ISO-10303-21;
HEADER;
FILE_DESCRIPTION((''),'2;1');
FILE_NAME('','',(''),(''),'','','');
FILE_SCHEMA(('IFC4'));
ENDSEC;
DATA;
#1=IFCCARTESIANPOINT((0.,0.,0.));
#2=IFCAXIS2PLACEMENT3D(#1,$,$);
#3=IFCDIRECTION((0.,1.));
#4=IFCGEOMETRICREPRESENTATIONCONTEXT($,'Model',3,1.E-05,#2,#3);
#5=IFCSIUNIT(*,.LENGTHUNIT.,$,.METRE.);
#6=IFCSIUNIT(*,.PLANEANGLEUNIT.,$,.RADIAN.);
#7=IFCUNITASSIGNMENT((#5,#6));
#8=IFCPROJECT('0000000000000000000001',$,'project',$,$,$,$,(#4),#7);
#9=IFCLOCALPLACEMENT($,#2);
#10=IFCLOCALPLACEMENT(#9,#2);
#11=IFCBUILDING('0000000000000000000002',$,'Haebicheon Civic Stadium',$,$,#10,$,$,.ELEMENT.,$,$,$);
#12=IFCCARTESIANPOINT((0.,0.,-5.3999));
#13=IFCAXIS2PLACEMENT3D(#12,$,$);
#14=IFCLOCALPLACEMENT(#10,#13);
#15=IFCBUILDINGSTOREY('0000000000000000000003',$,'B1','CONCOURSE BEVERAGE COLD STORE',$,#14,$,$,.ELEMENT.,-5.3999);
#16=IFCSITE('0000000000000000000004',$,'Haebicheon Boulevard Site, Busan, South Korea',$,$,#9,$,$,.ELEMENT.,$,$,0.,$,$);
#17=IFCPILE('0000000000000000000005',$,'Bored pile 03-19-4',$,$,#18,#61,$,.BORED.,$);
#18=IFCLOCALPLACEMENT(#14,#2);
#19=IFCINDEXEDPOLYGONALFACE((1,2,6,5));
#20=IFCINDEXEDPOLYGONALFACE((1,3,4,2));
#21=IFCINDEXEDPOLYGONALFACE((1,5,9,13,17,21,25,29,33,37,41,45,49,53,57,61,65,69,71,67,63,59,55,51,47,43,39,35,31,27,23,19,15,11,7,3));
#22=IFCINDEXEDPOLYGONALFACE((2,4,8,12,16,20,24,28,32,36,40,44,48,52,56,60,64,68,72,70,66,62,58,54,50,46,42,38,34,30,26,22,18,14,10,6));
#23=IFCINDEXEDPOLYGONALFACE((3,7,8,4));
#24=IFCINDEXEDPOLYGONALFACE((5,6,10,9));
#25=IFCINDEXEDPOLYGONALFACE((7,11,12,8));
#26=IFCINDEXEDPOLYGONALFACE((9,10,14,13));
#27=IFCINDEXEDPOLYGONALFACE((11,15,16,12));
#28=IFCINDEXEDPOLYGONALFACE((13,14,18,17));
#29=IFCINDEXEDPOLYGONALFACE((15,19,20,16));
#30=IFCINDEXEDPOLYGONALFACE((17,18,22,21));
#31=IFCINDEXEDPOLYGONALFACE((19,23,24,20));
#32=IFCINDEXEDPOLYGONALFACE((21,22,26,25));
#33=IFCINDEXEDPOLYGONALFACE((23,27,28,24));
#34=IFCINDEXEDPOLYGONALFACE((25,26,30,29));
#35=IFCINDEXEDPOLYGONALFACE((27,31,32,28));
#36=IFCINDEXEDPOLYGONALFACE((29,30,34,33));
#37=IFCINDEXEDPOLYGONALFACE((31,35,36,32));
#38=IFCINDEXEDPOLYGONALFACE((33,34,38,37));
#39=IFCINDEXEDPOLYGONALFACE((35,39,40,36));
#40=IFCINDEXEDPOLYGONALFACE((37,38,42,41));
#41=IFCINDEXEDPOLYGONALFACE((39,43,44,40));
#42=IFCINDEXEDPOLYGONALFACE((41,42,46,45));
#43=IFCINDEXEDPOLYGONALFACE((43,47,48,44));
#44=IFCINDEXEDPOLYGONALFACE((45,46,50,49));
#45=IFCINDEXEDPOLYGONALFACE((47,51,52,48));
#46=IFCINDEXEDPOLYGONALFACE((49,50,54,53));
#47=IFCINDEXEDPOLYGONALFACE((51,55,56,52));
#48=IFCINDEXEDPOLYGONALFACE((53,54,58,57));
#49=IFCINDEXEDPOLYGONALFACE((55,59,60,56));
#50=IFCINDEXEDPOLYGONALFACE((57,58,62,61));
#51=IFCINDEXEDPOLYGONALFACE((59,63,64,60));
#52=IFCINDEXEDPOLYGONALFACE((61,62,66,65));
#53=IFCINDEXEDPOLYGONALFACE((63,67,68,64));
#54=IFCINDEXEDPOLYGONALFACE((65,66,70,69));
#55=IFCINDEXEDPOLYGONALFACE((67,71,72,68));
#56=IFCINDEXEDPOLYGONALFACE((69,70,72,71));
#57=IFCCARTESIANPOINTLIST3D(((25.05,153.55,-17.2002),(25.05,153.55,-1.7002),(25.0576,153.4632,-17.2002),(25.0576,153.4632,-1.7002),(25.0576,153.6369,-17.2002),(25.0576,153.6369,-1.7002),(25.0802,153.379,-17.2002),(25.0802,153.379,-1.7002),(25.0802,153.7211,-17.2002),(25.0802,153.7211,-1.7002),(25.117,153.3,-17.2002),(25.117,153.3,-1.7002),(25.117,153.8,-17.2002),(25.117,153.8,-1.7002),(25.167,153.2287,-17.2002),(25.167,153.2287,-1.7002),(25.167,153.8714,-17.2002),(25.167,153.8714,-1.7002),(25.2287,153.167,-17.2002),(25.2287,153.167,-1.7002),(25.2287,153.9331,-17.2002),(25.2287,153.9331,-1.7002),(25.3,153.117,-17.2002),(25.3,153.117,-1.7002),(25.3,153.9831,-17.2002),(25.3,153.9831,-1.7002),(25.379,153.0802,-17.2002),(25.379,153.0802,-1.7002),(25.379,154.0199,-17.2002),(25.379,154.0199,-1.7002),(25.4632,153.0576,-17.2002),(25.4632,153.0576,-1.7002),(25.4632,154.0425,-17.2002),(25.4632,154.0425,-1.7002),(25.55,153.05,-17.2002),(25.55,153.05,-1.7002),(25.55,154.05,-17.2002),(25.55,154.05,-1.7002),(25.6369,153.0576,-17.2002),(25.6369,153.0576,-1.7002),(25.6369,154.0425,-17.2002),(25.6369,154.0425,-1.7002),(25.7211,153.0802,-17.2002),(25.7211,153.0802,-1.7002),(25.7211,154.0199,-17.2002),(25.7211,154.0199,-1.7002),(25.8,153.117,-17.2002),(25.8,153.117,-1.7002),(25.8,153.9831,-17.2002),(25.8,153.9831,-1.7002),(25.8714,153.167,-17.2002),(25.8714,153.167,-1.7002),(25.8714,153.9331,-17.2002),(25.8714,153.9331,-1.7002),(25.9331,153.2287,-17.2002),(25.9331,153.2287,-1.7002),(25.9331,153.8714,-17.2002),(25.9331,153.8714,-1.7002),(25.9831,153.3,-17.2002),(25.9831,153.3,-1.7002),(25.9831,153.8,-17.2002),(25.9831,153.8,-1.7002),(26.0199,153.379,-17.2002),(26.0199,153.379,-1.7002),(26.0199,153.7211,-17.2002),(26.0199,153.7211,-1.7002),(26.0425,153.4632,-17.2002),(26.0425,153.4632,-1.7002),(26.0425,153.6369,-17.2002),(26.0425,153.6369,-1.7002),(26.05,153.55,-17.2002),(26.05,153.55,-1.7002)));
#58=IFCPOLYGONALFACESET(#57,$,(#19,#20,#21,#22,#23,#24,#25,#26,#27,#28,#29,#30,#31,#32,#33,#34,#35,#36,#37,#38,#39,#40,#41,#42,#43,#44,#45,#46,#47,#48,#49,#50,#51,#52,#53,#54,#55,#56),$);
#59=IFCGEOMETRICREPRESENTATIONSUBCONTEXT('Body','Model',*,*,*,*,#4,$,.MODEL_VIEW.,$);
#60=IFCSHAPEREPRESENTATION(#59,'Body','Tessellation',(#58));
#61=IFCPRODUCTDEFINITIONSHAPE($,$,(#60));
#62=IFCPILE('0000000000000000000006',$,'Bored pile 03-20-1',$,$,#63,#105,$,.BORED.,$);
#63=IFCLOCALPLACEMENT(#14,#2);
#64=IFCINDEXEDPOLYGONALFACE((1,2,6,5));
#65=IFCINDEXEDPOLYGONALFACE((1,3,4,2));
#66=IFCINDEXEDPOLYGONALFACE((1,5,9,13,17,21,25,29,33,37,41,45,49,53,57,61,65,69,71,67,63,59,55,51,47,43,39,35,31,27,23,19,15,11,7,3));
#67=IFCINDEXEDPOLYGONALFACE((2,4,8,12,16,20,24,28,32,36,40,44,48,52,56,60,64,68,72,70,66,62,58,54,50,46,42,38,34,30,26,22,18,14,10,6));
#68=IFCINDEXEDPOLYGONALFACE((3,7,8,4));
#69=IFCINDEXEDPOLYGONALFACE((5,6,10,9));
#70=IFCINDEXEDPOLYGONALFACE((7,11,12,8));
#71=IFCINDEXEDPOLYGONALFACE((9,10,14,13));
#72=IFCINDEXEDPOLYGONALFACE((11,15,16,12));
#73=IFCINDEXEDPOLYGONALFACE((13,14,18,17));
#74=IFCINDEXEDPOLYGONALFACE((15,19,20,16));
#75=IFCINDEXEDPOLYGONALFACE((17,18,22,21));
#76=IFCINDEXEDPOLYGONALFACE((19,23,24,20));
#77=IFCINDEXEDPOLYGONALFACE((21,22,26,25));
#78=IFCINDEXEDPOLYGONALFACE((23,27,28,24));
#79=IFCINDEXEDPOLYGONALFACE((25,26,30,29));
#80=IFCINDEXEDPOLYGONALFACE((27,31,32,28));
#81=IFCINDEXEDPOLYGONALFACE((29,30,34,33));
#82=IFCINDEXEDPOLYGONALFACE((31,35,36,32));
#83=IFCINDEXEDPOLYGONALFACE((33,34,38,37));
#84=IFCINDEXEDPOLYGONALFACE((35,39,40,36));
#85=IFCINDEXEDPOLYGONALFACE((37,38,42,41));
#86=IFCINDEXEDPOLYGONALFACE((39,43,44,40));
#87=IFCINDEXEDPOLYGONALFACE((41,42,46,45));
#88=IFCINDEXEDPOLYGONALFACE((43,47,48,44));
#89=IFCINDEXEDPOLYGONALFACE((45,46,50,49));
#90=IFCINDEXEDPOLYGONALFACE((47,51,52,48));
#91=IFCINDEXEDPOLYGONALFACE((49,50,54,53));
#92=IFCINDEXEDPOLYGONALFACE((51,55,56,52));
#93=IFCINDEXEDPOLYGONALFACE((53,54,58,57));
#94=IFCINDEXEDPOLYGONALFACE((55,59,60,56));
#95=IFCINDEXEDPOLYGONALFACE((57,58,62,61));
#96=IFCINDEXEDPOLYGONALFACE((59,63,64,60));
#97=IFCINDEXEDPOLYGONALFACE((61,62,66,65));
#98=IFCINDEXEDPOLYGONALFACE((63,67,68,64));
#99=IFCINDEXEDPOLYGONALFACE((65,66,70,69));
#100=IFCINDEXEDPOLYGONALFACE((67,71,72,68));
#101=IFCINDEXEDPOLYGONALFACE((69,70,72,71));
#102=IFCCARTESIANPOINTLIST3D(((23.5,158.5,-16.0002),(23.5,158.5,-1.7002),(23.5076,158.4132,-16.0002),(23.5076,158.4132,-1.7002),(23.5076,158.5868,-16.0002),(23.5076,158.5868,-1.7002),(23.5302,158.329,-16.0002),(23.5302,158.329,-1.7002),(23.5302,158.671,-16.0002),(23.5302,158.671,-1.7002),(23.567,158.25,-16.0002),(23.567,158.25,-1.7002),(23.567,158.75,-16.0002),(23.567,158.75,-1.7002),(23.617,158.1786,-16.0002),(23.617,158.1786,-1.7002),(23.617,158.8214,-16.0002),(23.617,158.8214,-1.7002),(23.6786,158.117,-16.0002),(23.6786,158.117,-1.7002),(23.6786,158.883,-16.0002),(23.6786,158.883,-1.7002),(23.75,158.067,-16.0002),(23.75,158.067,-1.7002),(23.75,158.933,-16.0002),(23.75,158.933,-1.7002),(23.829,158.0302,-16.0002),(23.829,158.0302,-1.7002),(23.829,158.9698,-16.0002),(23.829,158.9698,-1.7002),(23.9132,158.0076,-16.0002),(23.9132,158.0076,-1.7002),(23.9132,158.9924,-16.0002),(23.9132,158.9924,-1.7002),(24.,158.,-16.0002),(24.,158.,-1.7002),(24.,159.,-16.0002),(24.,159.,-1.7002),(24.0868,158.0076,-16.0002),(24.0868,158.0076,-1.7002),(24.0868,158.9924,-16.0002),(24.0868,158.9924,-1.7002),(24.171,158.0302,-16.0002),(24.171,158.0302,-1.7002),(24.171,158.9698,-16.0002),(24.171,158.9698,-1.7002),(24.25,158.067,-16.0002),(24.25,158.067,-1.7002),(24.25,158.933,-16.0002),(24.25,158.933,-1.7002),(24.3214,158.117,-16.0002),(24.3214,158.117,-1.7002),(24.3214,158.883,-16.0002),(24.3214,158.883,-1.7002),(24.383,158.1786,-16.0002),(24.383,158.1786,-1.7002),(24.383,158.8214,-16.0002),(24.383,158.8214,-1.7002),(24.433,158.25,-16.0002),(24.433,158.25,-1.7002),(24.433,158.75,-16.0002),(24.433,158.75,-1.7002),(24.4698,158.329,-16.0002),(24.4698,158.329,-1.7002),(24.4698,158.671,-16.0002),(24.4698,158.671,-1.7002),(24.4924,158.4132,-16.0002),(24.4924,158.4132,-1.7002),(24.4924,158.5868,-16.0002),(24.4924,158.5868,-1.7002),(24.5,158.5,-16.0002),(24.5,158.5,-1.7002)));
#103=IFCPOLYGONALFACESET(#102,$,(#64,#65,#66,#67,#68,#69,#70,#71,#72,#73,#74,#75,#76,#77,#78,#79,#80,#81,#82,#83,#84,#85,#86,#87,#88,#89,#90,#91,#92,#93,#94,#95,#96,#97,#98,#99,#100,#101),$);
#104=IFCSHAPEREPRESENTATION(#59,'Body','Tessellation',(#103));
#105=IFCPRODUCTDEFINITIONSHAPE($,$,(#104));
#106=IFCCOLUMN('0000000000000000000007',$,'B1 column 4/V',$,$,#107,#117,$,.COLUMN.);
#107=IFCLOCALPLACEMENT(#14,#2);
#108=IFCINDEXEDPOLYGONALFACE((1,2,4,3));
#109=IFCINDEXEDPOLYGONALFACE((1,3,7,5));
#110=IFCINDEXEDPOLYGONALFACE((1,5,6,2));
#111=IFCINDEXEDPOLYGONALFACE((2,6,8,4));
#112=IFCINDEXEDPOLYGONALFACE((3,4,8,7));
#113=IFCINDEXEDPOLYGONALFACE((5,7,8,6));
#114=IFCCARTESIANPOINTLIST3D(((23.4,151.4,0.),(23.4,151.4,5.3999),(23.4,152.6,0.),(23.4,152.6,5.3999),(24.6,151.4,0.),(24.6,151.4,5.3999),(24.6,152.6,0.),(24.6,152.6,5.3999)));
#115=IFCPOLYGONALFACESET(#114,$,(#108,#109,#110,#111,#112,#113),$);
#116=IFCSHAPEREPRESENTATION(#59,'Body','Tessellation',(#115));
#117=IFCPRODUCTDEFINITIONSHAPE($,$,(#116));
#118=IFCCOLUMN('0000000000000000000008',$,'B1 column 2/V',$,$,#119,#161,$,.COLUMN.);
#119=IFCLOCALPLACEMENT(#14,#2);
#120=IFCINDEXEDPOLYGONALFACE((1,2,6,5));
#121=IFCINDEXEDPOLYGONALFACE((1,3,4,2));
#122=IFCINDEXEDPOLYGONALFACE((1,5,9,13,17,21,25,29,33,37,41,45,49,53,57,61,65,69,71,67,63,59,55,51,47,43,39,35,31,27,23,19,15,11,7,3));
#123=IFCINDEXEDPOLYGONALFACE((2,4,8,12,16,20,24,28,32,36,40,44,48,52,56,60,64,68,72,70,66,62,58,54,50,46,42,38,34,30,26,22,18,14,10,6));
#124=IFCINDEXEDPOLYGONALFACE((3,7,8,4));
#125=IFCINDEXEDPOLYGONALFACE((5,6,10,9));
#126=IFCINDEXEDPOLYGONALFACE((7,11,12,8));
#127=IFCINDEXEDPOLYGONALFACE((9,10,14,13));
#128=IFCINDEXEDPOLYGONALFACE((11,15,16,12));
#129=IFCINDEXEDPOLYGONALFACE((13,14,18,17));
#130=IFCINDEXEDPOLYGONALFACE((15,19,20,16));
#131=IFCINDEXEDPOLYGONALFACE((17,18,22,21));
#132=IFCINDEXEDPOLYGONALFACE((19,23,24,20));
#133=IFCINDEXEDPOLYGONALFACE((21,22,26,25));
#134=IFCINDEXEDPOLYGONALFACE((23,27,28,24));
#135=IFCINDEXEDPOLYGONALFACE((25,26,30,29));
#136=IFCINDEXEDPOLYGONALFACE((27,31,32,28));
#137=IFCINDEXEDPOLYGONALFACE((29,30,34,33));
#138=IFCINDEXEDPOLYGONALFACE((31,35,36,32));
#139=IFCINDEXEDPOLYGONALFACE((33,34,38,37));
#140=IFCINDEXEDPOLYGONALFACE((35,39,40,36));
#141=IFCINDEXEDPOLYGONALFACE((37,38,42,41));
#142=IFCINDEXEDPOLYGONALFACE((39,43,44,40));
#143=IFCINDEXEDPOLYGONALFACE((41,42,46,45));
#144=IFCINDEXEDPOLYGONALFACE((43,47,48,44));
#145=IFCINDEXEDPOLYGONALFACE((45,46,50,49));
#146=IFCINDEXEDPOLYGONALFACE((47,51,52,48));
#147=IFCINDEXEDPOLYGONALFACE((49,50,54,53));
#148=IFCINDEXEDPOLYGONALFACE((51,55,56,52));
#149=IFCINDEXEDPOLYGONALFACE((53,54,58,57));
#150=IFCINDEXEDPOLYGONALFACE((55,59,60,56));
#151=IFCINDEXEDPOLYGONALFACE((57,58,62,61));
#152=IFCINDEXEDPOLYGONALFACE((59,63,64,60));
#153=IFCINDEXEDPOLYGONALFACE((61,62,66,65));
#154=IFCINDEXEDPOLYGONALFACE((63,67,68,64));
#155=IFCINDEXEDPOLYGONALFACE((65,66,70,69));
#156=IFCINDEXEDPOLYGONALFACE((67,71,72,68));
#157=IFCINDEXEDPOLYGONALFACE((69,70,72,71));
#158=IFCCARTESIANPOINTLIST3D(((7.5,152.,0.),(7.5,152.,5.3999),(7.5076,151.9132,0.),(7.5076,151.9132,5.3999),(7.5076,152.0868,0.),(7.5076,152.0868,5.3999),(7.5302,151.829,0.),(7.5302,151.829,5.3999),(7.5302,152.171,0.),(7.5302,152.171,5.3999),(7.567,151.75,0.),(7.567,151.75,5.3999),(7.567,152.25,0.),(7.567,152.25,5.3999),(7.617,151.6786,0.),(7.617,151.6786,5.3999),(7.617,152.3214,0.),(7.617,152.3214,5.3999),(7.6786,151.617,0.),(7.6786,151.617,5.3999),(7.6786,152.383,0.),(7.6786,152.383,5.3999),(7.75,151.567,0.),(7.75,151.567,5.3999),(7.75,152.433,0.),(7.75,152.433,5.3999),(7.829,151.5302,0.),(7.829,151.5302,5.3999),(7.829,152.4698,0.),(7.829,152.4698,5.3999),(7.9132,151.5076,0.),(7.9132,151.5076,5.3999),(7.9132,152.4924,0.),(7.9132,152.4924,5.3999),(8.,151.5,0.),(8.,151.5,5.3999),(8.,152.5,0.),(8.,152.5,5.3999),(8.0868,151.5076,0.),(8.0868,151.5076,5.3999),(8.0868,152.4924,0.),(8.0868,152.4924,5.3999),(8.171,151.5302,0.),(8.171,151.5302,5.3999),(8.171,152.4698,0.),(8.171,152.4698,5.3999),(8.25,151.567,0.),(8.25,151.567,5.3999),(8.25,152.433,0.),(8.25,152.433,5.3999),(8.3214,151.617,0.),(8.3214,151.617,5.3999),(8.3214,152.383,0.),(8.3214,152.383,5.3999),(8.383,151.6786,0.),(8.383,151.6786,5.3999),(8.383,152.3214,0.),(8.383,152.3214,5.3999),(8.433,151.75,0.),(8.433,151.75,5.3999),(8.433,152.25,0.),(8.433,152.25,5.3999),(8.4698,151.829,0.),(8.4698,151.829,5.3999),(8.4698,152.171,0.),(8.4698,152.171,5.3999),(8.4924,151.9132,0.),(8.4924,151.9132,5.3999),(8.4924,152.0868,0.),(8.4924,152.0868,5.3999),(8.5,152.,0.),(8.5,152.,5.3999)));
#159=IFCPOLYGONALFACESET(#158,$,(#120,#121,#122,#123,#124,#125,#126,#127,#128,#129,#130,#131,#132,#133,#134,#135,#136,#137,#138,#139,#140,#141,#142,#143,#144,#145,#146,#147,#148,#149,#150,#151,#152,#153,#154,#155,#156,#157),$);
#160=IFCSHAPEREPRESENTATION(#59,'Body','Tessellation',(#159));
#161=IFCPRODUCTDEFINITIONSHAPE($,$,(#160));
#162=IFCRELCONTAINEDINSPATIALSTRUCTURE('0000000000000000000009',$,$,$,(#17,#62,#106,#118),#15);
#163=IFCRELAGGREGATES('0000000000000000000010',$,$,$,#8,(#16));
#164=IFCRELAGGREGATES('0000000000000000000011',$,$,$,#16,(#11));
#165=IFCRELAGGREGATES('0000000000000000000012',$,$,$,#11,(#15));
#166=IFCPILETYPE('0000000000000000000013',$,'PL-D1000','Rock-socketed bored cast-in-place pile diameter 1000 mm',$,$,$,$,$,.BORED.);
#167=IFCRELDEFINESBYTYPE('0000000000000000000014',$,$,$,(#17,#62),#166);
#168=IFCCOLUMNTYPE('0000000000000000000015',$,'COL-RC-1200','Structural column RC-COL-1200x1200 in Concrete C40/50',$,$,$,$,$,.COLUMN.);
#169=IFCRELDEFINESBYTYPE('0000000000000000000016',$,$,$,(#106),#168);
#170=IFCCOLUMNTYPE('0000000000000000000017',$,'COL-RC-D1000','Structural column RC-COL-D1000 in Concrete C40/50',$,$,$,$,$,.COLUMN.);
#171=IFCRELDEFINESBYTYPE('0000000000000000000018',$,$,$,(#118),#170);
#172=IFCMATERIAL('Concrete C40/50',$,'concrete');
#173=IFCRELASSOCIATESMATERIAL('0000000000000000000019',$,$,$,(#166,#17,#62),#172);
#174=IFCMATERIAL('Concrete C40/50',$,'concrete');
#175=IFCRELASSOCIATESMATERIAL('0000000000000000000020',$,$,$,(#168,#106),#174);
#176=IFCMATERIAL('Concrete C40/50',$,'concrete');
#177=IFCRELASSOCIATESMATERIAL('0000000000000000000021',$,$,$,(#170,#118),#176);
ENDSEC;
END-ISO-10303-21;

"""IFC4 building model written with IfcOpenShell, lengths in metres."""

from ifc_helpers import new_model, si_unit, direction, frame, origin, origin_2d, place, context, subcontext, project, spatial, rectangle, circle, extrude, material, material_profile, profile_set, type_object, element, save


model = new_model("IFC4")

# Units and contexts
model_context = context("Model", 3, precision=1e-05, world=origin(), true_north=direction((0.0, 1.0)))
body_context = subcontext(model_context, "Body", "Model", "MODEL_VIEW")
ifc_project = project(units=[si_unit("LENGTHUNIT", "METRE"), si_unit("PLANEANGLEUNIT", "RADIAN")], contexts=[model_context])

# Site, building, storey
site_placement = place(None, origin())
site = spatial("IfcSite", under=ifc_project, at=site_placement, Name="Haebicheon Boulevard Site, Busan, South Korea", CompositionType="ELEMENT", RefElevation=0.0)
building_placement = place(site_placement, origin())
building = spatial("IfcBuilding", under=site, at=building_placement, Name="Haebicheon Civic Stadium", CompositionType="ELEMENT")
storey_placement = place(building_placement, frame((0.0, 0.0, -5.3999)))
storey = spatial("IfcBuildingStorey", under=building, at=storey_placement, Name="B1", Description="CONCOURSE BEVERAGE COLD STORE", CompositionType="ELEMENT", Elevation=-5.3999)

# Piles
ifc_material_1 = material(Name="Concrete C40/50", Category="concrete")
ifc_material_profile_1 = material_profile(ifc_material_1, circle(Radius=0.5, at=origin_2d()), Name="PILE-D1000")
ifc_profile_set_1 = profile_set([ifc_material_profile_1], Name="Concrete C40/50")
pile_type = type_object("IfcPileType", Name="PL-D1000", Description="Rock-socketed bored cast-in-place pile diameter 1000 mm", PredefinedType="BORED", material=ifc_profile_set_1)
for number, where, z_axis, x_axis, name in (
    (1, (25.55, 153.55, -1.7002), (0.0, 0.0, -1.0), (1.0, 0.0, 0.0), "Bored pile 03-19-4"),
):
    element("IfcPile", number, at=place(storey_placement, frame(where, z_axis=z_axis, x_axis=x_axis)), inside=storey, type_object=pile_type, material=ifc_profile_set_1, Name=name, PredefinedType="BORED", context=body_context, shape_type="SweptSolid", body=[
        extrude(circle(Radius=0.5, at=origin_2d()), origin(), (0.0, 0.0, 1.0), 15.5),
    ])
pile_1_placement = place(storey_placement, frame((24.0, 158.5, -1.7002), z_axis=(0.0, 0.0, -1.0), x_axis=(1.0, 0.0, 0.0)))
element("IfcPile", 2, at=pile_1_placement, inside=storey, type_object=pile_type, material=ifc_profile_set_1, Name="Bored pile 03-20-1", PredefinedType="BORED", context=body_context, shape_type="SweptSolid", body=[
    extrude(circle(Radius=0.5, at=origin_2d()), origin(), (0.0, 0.0, 1.0), 14.3),
])

# Columns
ifc_material_2 = material(Name="Concrete C40/50", Category="concrete")
ifc_material_profile_2 = material_profile(ifc_material_2, rectangle(XDim=1.2, YDim=1.2, at=origin_2d()), Name="RC-COL-1200x1200")
ifc_profile_set_2 = profile_set([ifc_material_profile_2], Name="Concrete C40/50")
column_type_1 = type_object("IfcColumnType", Name="COL-RC-1200", Description="Structural column RC-COL-1200x1200 in Concrete C40/50", PredefinedType="COLUMN", material=ifc_profile_set_2)
column_placement = place(storey_placement, frame((24.0, 152.0, 0.0), z_axis=(0.0, 0.0, 1.0), x_axis=(1.0, 0.0, 0.0)))
element("IfcColumn", 3, at=column_placement, inside=storey, type_object=column_type_1, material=ifc_profile_set_2, Name="B1 column 4/V", PredefinedType="COLUMN", context=body_context, shape_type="SweptSolid", body=[
    extrude(rectangle(XDim=1.2, YDim=1.2, at=origin_2d()), origin(), (0.0, 0.0, 1.0), 5.3999),
])
ifc_material_3 = material(Name="Concrete C40/50", Category="concrete")
ifc_material_profile_3 = material_profile(ifc_material_3, circle(Radius=0.5, at=origin_2d()), Name="RC-COL-D1000")
ifc_profile_set_3 = profile_set([ifc_material_profile_3], Name="Concrete C40/50")
column_type_2 = type_object("IfcColumnType", Name="COL-RC-D1000", Description="Structural column RC-COL-D1000 in Concrete C40/50", PredefinedType="COLUMN", material=ifc_profile_set_3)
for number, where, z_axis, x_axis, name in (
    (4, (8.0, 152.0, 0.0), (0.0, 0.0, 1.0), (1.0, 0.0, 0.0), "B1 column 2/V"),
):
    element("IfcColumn", number, at=place(storey_placement, frame(where, z_axis=z_axis, x_axis=x_axis)), inside=storey, type_object=column_type_2, material=ifc_profile_set_3, Name=name, PredefinedType="COLUMN", context=body_context, shape_type="SweptSolid", body=[
        extrude(circle(Radius=0.5, at=origin_2d()), origin(), (0.0, 0.0, 1.0), 5.3999),
    ])

save(model, "model.ifc")
